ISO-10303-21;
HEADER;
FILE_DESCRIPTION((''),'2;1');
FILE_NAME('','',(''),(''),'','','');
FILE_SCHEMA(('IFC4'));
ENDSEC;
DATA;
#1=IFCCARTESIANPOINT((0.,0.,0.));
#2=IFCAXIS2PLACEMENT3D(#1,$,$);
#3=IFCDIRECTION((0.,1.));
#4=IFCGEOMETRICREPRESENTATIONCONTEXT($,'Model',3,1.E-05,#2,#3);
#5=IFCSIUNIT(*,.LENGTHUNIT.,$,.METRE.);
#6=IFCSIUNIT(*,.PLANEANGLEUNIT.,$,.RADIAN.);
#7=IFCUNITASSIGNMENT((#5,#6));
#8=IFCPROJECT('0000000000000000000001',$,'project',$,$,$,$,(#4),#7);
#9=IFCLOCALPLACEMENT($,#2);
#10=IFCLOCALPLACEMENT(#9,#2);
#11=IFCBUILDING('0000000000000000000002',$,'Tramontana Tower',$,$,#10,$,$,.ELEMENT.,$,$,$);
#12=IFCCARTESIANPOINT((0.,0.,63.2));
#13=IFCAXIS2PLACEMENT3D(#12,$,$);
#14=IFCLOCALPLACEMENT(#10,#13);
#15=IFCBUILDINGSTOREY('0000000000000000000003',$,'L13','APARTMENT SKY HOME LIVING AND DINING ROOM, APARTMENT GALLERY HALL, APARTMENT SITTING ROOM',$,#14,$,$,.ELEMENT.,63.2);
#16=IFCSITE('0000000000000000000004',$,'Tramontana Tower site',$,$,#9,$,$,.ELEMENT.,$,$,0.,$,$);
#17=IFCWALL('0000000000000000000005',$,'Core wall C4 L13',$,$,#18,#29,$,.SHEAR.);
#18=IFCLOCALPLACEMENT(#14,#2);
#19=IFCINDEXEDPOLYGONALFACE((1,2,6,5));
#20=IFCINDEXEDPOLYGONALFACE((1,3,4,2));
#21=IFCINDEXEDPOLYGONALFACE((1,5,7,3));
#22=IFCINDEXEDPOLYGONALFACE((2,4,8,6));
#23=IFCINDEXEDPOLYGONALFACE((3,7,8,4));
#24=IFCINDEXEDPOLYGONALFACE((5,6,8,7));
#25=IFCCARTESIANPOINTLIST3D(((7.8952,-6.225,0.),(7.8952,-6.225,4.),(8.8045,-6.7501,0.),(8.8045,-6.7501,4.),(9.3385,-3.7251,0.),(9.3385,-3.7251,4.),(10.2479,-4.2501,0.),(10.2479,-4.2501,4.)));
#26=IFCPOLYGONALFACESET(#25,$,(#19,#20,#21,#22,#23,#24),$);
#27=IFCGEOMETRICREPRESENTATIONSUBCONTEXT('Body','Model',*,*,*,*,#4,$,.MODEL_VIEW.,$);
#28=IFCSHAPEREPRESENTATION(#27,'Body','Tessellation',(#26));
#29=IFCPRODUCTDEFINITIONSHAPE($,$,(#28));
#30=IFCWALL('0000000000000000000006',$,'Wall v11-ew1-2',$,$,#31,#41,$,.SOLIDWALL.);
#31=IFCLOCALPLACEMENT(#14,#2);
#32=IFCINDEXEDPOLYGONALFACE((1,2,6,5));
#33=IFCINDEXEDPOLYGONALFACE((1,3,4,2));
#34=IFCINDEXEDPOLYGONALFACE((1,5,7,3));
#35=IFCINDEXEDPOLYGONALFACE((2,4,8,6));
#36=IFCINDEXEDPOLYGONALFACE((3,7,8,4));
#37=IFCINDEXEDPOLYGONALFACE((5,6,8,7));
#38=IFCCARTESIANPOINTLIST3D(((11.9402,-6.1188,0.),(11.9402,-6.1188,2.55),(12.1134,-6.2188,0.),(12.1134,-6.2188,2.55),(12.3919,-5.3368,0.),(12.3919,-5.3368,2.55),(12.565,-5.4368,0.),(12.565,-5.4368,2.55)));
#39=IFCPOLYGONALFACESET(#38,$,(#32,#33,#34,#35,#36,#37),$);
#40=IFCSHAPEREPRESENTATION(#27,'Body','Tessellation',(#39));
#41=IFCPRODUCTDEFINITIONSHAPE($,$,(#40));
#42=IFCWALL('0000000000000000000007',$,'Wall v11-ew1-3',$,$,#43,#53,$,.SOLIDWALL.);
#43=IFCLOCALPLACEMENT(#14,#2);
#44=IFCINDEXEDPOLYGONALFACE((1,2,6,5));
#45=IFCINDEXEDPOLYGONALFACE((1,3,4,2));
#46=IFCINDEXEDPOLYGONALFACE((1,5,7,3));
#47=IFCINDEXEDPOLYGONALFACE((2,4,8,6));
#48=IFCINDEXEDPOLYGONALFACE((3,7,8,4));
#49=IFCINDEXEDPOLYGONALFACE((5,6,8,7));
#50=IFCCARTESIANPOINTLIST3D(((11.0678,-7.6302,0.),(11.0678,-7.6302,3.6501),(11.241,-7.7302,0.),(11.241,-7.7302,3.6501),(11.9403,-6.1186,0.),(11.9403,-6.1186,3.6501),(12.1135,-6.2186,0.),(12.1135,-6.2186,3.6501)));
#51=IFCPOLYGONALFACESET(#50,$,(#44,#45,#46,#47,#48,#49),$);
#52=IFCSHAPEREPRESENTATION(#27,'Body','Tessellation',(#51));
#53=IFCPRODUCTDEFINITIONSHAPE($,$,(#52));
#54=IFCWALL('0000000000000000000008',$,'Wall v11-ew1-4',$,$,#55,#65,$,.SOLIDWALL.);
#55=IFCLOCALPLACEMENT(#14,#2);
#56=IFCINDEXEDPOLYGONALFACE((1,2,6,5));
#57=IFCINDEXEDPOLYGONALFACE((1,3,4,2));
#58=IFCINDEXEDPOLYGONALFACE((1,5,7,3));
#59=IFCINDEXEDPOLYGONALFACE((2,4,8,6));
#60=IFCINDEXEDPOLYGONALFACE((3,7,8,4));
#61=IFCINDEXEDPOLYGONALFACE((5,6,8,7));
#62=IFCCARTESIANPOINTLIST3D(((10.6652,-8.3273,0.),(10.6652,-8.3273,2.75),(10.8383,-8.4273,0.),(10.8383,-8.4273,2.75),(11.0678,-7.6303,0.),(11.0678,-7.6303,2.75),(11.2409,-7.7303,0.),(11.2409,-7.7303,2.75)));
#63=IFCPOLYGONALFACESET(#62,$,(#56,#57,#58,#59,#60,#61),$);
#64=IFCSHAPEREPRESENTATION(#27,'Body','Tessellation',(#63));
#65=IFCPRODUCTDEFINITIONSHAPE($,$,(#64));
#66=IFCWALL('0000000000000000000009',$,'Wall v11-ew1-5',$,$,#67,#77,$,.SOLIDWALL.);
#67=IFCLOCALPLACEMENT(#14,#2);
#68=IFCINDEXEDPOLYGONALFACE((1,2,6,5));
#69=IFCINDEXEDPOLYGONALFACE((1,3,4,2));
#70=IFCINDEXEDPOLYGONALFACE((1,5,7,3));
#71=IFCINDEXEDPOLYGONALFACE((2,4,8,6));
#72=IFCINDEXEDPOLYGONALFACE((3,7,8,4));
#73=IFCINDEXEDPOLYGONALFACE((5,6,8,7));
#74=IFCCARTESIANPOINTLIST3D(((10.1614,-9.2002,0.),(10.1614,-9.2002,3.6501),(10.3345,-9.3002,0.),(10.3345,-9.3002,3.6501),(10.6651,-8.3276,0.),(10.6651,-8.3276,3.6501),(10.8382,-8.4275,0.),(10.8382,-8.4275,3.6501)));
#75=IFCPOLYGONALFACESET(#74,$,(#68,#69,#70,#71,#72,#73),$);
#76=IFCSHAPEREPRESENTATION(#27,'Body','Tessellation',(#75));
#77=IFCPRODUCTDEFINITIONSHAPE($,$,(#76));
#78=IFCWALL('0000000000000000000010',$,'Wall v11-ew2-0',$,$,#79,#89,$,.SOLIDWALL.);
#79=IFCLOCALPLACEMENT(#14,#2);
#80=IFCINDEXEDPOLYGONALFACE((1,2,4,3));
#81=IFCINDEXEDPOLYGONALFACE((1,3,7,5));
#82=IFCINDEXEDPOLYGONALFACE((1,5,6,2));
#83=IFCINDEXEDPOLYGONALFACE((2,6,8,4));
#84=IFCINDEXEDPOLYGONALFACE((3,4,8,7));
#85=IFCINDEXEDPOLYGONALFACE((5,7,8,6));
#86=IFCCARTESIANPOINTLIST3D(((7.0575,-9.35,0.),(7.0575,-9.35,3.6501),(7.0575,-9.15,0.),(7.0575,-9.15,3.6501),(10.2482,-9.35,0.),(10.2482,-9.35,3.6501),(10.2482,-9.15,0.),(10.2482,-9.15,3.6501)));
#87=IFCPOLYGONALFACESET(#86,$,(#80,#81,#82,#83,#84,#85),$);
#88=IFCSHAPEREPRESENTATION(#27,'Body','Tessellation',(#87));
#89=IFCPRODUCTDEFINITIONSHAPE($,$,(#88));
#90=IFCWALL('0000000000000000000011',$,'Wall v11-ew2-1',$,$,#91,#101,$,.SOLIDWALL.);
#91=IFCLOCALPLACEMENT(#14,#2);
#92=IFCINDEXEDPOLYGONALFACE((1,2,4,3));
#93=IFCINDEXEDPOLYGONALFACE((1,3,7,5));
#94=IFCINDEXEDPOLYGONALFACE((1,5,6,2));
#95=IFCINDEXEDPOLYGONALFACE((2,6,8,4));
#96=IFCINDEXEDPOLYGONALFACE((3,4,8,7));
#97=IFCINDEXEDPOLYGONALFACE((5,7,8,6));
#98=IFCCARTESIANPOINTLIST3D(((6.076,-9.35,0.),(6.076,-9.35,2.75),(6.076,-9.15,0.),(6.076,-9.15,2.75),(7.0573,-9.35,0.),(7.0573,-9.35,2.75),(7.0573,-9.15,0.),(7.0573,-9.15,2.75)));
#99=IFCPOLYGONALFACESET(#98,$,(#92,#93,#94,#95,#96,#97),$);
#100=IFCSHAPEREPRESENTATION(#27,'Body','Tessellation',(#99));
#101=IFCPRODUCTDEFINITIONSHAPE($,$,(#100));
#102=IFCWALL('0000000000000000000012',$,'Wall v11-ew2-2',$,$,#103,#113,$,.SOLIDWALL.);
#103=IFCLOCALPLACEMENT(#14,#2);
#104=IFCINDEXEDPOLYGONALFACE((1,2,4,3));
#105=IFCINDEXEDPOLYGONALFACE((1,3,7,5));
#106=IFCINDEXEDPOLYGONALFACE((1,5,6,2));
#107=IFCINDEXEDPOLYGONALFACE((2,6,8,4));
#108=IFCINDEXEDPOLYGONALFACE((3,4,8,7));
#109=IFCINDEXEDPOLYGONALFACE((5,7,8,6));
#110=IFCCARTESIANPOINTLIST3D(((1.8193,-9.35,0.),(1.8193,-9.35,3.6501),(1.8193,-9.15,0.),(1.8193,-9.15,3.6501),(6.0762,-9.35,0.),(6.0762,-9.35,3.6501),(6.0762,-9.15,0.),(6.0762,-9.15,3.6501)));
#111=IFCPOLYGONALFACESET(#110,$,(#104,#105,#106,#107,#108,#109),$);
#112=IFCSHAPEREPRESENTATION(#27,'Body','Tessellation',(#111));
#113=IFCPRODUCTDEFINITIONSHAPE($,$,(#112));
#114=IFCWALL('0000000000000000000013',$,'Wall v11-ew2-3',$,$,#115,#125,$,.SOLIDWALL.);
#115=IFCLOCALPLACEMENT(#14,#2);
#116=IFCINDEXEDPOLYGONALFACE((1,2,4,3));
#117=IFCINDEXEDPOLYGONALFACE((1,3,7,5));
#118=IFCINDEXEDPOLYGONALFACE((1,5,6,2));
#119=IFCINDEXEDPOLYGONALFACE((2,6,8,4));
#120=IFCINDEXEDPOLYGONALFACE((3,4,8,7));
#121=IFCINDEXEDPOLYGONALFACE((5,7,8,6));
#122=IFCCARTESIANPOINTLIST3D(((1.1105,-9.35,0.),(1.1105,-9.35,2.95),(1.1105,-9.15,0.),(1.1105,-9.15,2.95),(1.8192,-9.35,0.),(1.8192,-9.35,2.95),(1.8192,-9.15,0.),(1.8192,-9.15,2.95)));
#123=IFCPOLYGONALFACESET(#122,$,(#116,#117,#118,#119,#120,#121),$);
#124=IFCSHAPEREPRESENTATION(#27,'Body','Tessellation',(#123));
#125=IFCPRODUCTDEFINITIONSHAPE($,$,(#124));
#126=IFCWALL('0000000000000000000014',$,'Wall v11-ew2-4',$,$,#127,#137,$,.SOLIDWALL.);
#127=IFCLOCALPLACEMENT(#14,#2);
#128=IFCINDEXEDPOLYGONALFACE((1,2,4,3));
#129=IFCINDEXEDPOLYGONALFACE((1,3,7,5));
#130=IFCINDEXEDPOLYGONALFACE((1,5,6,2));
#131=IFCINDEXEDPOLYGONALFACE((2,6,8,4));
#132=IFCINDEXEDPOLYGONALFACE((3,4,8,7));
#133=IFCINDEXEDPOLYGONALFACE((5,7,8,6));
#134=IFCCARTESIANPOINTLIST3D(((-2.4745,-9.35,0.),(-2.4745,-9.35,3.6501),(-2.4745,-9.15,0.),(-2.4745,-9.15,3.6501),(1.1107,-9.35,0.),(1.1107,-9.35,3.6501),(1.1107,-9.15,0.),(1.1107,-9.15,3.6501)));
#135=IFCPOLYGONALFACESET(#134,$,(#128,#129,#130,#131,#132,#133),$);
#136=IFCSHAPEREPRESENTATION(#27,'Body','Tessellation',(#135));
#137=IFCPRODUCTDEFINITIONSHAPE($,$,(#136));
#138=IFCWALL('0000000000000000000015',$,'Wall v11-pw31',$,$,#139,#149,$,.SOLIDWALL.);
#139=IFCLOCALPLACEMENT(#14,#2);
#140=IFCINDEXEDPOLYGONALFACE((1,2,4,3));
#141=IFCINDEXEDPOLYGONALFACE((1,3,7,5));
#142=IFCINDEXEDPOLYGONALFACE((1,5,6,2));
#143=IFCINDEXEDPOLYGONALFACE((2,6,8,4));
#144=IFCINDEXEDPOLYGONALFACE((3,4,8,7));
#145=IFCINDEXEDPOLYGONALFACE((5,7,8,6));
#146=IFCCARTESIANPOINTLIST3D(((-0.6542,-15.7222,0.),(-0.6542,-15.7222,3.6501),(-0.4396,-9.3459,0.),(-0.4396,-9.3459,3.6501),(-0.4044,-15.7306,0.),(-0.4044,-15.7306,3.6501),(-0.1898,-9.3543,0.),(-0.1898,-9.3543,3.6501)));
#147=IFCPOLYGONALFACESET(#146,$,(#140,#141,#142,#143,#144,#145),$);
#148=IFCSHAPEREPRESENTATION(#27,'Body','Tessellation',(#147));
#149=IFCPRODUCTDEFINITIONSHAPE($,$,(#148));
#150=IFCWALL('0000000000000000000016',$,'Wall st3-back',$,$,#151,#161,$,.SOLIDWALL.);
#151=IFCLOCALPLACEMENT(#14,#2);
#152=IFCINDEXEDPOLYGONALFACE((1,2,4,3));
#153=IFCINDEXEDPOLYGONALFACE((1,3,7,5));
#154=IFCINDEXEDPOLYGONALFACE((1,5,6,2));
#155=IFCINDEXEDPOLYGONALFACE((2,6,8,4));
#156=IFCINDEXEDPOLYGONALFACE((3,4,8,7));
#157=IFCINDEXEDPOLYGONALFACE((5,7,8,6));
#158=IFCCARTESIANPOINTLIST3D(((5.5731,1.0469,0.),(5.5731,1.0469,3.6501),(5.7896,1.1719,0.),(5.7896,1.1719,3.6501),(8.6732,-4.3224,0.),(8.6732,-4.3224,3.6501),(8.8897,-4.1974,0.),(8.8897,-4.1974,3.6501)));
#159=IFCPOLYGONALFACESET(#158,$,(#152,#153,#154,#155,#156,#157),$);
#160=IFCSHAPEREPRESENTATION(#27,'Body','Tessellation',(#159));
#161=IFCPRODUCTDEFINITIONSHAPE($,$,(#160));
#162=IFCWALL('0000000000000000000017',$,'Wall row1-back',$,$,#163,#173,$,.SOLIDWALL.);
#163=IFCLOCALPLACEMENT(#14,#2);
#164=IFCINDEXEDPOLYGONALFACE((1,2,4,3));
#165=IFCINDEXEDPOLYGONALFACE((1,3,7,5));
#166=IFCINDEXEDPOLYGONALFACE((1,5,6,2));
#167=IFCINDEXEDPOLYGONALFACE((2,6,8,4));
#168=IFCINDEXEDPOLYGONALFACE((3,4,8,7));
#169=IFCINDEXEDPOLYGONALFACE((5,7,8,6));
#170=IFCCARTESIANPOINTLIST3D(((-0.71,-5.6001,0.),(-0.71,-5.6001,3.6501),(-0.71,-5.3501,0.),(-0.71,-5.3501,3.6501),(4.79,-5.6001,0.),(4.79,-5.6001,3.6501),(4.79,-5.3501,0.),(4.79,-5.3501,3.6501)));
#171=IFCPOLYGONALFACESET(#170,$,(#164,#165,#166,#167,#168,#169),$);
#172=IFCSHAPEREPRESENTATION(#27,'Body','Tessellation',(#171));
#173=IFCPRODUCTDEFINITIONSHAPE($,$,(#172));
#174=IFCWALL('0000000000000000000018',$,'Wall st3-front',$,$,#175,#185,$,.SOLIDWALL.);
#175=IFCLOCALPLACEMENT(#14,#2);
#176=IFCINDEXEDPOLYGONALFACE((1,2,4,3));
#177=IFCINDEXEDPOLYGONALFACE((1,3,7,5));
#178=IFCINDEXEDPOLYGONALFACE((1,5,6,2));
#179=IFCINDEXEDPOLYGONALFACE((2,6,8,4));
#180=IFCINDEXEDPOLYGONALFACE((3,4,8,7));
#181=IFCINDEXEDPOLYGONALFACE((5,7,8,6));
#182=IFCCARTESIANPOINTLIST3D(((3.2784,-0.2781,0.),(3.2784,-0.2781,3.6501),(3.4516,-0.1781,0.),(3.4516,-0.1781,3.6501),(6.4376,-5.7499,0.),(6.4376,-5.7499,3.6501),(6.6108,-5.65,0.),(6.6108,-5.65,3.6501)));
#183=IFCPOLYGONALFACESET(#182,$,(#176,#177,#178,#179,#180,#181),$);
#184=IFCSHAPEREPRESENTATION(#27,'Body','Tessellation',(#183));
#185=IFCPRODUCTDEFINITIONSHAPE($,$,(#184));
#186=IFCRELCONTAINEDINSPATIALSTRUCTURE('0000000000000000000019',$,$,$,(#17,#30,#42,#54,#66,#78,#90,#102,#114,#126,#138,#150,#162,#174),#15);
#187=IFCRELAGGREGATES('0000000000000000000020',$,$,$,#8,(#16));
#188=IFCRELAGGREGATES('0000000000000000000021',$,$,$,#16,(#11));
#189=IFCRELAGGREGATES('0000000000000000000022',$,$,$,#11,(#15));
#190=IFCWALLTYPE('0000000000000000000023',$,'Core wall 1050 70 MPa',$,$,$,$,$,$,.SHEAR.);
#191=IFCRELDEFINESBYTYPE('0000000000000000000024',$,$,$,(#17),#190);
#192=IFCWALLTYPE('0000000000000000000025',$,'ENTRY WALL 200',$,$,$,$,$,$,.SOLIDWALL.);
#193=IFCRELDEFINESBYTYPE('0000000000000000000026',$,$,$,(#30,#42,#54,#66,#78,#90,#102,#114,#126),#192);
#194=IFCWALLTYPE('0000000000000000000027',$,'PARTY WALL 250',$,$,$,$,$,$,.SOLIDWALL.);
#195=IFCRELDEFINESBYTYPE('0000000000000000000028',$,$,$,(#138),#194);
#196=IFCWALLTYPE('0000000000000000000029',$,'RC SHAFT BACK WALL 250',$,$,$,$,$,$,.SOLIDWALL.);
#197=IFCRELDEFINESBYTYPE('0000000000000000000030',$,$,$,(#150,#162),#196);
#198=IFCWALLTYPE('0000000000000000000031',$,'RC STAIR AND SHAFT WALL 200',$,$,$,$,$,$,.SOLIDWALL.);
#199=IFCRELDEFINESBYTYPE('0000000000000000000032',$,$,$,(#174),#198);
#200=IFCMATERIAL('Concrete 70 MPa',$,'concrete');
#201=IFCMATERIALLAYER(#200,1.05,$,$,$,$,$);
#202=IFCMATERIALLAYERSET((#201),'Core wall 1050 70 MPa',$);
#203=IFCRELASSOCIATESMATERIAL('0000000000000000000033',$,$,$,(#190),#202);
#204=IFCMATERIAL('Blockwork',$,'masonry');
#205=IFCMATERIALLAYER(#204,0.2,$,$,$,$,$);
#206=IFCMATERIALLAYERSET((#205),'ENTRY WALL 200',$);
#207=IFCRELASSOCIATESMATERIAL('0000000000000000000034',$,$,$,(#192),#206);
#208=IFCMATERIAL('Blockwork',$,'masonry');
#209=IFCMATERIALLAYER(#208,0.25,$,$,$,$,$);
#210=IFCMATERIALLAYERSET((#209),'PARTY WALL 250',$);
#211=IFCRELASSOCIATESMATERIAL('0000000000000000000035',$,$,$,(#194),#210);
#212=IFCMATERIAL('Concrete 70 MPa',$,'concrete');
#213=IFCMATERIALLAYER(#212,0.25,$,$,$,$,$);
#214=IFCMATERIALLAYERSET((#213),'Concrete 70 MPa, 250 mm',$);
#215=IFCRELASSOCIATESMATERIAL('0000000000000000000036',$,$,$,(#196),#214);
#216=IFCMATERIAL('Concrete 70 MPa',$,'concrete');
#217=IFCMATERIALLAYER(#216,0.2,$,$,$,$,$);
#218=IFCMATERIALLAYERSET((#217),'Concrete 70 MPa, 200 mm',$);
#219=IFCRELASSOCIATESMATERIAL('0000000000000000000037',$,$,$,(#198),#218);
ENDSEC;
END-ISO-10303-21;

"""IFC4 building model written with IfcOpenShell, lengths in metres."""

from ifc_helpers import new_model, si_unit, direction, frame, frame_2d, origin, place, context, subcontext, project, spatial, rectangle, extrude, material, layer, layer_set, type_object, element, save


model = new_model("IFC4")

# Units and contexts
model_context = context("Model", 3, precision=1e-05, world=origin(), true_north=direction((0.0, 1.0)))
body_context = subcontext(model_context, "Body", "Model", "MODEL_VIEW")
ifc_project = project(units=[si_unit("LENGTHUNIT", "METRE"), si_unit("PLANEANGLEUNIT", "RADIAN")], contexts=[model_context])

# Site, building, storey
site_placement = place(None, origin())
site = spatial("IfcSite", under=ifc_project, at=site_placement, Name="Tramontana Tower site", CompositionType="ELEMENT", RefElevation=0.0)
building_placement = place(site_placement, origin())
building = spatial("IfcBuilding", under=site, at=building_placement, Name="Tramontana Tower", CompositionType="ELEMENT")
storey_placement = place(building_placement, frame((0.0, 0.0, 63.2)))
storey = spatial("IfcBuildingStorey", under=building, at=storey_placement, Name="L13", Description="APARTMENT SKY HOME LIVING AND DINING ROOM, APARTMENT GALLERY HALL, APARTMENT SITTING ROOM", CompositionType="ELEMENT", Elevation=63.2)

# Wall
ifc_material_1 = material(Name="Concrete 70 MPa", Category="concrete")
ifc_layer_1 = layer(ifc_material_1, 1.05)
ifc_layer_set_1 = layer_set([ifc_layer_1], Name="Core wall 1050 70 MPa")
wall_type_1 = type_object("IfcWallType", Name="Core wall 1050 70 MPa", PredefinedType="SHEAR", material=ifc_layer_set_1)
wall_1_placement = place(storey_placement, frame((8.3499, -6.4875, 0.0), z_axis=(0.0, 0.0, 1.0), x_axis=(0.499996, 0.866028, 0.0)))
element("IfcWall", 1, at=wall_1_placement, inside=storey, type_object=wall_type_1, Name="Core wall C4 L13", PredefinedType="SHEAR", context=body_context, shape_type="SweptSolid", body=[
    extrude(rectangle(XDim=2.8867, YDim=1.05, at=frame_2d((1.4434, 0.0))), origin(), (0.0, 0.0, 1.0), 4.0),
])

# Shared definitions
ifc_material_2 = material(Name="Blockwork", Category="masonry")
ifc_layer_2 = layer(ifc_material_2, 0.2)
ifc_layer_set_2 = layer_set([ifc_layer_2], Name="ENTRY WALL 200")
wall_type_2 = type_object("IfcWallType", Name="ENTRY WALL 200", PredefinedType="SOLIDWALL", material=ifc_layer_set_2)

# Walls
wall_2_placement = place(storey_placement, frame((12.4785, -5.3867, 0.0), z_axis=(0.0, 0.0, 1.0), x_axis=(-0.500151, -0.865938, 0.0)))
element("IfcWall", 2, at=wall_2_placement, inside=storey, type_object=wall_type_2, Name="Wall v11-ew1-2", PredefinedType="SOLIDWALL", context=body_context, shape_type="SweptSolid", body=[
    extrude(rectangle(XDim=0.9031, YDim=0.2, at=frame_2d((0.4517, 0.0))), origin(), (0.0, 0.0, 1.0), 2.55),
])
wall_3_placement = place(storey_placement, frame((12.0269, -6.1687, 0.0), z_axis=(0.0, 0.0, 1.0), x_axis=(-0.4999, -0.866083, 0.0)))
element("IfcWall", 3, at=wall_3_placement, inside=storey, type_object=wall_type_2, Name="Wall v11-ew1-3", PredefinedType="SOLIDWALL", context=body_context, shape_type="SweptSolid", body=[
    extrude(rectangle(XDim=1.7454, YDim=0.2, at=frame_2d((0.8726, 0.0))), origin(), (0.0, 0.0, 1.0), 3.6501),
])
wall_4_placement = place(storey_placement, frame((11.1543, -7.6804, 0.0), z_axis=(0.0, 0.0, 1.0), x_axis=(-0.500151, -0.865938, 0.0)))
element("IfcWall", 4, at=wall_4_placement, inside=storey, type_object=wall_type_2, Name="Wall v11-ew1-4", PredefinedType="SOLIDWALL", context=body_context, shape_type="SweptSolid", body=[
    extrude(rectangle(XDim=0.8049, YDim=0.2, at=frame_2d((0.4023, 0.0))), origin(), (0.0, 0.0, 1.0), 2.75),
])
wall_5_placement = place(storey_placement, frame((10.7517, -8.3774, 0.0), z_axis=(0.0, 0.0, 1.0), x_axis=(-0.499918, -0.866073, 0.0)))
element("IfcWall", 5, at=wall_5_placement, inside=storey, type_object=wall_type_2, Name="Wall v11-ew1-5", PredefinedType="SOLIDWALL", context=body_context, shape_type="SweptSolid", body=[
    extrude(rectangle(XDim=1.0076, YDim=0.2, at=frame_2d((0.5039, 0.0))), origin(), (0.0, 0.0, 1.0), 3.6501),
])
wall_6_placement = place(storey_placement, frame((10.248, -9.25, 0.0), z_axis=(0.0, 0.0, 1.0), x_axis=(-1.0, 0.0, 0.0)))
element("IfcWall", 6, at=wall_6_placement, inside=storey, type_object=wall_type_2, Name="Wall v11-ew2-0", PredefinedType="SOLIDWALL", context=body_context, shape_type="SweptSolid", body=[
    extrude(rectangle(XDim=3.1907, YDim=0.2, at=frame_2d((1.5952, 0.0))), origin(), (0.0, 0.0, 1.0), 3.6501),
])
wall_7_placement = place(storey_placement, frame((7.0574, -9.25, 0.0), z_axis=(0.0, 0.0, 1.0), x_axis=(-1.0, 0.0, 0.0)))
element("IfcWall", 7, at=wall_7_placement, inside=storey, type_object=wall_type_2, Name="Wall v11-ew2-1", PredefinedType="SOLIDWALL", context=body_context, shape_type="SweptSolid", body=[
    extrude(rectangle(XDim=0.9812, YDim=0.2, at=frame_2d((0.4907, 0.0))), origin(), (0.0, 0.0, 1.0), 2.75),
])
wall_8_placement = place(storey_placement, frame((6.0762, -9.25, 0.0), z_axis=(0.0, 0.0, 1.0), x_axis=(-1.0, 0.0, 0.0)))
element("IfcWall", 8, at=wall_8_placement, inside=storey, type_object=wall_type_2, Name="Wall v11-ew2-2", PredefinedType="SOLIDWALL", context=body_context, shape_type="SweptSolid", body=[
    extrude(rectangle(XDim=4.2568, YDim=0.2, at=frame_2d((2.1284, 0.0))), origin(), (0.0, 0.0, 1.0), 3.6501),
])
wall_9_placement = place(storey_placement, frame((1.8193, -9.25, 0.0), z_axis=(0.0, 0.0, 1.0), x_axis=(-1.0, 0.0, 0.0)))
element("IfcWall", 9, at=wall_9_placement, inside=storey, type_object=wall_type_2, Name="Wall v11-ew2-3", PredefinedType="SOLIDWALL", context=body_context, shape_type="SweptSolid", body=[
    extrude(rectangle(XDim=0.7087, YDim=0.2, at=frame_2d((0.3545, 0.0))), origin(), (0.0, 0.0, 1.0), 2.95),
])
wall_10_placement = place(storey_placement, frame((1.1106, -9.25, 0.0), z_axis=(0.0, 0.0, 1.0), x_axis=(-1.0, 0.0, 0.0)))
element("IfcWall", 10, at=wall_10_placement, inside=storey, type_object=wall_type_2, Name="Wall v11-ew2-4", PredefinedType="SOLIDWALL", context=body_context, shape_type="SweptSolid", body=[
    extrude(rectangle(XDim=3.5852, YDim=0.2, at=frame_2d((1.7925, 0.0))), origin(), (0.0, 0.0, 1.0), 3.6501),
])
ifc_material_3 = material(Name="Blockwork", Category="masonry")
ifc_layer_3 = layer(ifc_material_3, 0.25)
ifc_layer_set_3 = layer_set([ifc_layer_3], Name="PARTY WALL 250")
wall_type_3 = type_object("IfcWallType", Name="PARTY WALL 250", PredefinedType="SOLIDWALL", material=ifc_layer_set_3)
wall_11_placement = place(storey_placement, frame((-0.3147, -9.3501, 0.0), z_axis=(0.0, 0.0, 1.0), x_axis=(-0.033637, -0.999434, 0.0)))
element("IfcWall", 11, at=wall_11_placement, inside=storey, type_object=wall_type_3, Name="Wall v11-pw31", PredefinedType="SOLIDWALL", context=body_context, shape_type="SweptSolid", body=[
    extrude(rectangle(XDim=6.3799, YDim=0.25, at=frame_2d((3.1899, 0.0))), origin(), (0.0, 0.0, 1.0), 3.6501),
])
ifc_material_4 = material(Name="Concrete 70 MPa", Category="concrete")
ifc_layer_4 = layer(ifc_material_4, 0.25)
ifc_layer_set_4 = layer_set([ifc_layer_4], Name="Concrete 70 MPa, 250 mm")
wall_type_4 = type_object("IfcWallType", Name="RC SHAFT BACK WALL 250", PredefinedType="SOLIDWALL", material=ifc_layer_set_4)
wall_12_placement = place(storey_placement, frame((8.7815, -4.26, 0.0), z_axis=(0.0, 0.0, 1.0), x_axis=(-0.50001, 0.86602, 0.0)))
element("IfcWall", 12, at=wall_12_placement, inside=storey, type_object=wall_type_4, Name="Wall st3-back", PredefinedType="SOLIDWALL", context=body_context, shape_type="SweptSolid", body=[
    extrude(rectangle(XDim=6.2, YDim=0.25, at=frame_2d((3.1001, 0.0))), origin(), (0.0, 0.0, 1.0), 3.6501),
])
wall_13_placement = place(storey_placement, frame((-0.71, -5.4751, 0.0), z_axis=(0.0, 0.0, 1.0), x_axis=(1.0, 0.0, 0.0)))
element("IfcWall", 13, at=wall_13_placement, inside=storey, type_object=wall_type_4, Name="Wall row1-back", PredefinedType="SOLIDWALL", context=body_context, shape_type="SweptSolid", body=[
    extrude(rectangle(XDim=5.5, YDim=0.25, at=frame_2d((2.75, 0.0))), origin(), (0.0, 0.0, 1.0), 3.6501),
])
ifc_material_5 = material(Name="Concrete 70 MPa", Category="concrete")
ifc_layer_5 = layer(ifc_material_5, 0.2)
ifc_layer_set_5 = layer_set([ifc_layer_5], Name="Concrete 70 MPa, 200 mm")
wall_type_5 = type_object("IfcWallType", Name="RC STAIR AND SHAFT WALL 200", PredefinedType="SOLIDWALL", material=ifc_layer_set_5)
wall_14_placement = place(storey_placement, frame((6.5242, -5.7, 0.0), z_axis=(0.0, 0.0, 1.0), x_axis=(-0.499996, 0.866028, 0.0)))
element("IfcWall", 14, at=wall_14_placement, inside=storey, type_object=wall_type_5, Name="Wall st3-front", PredefinedType="SOLIDWALL", context=body_context, shape_type="SweptSolid", body=[
    extrude(rectangle(XDim=6.3184, YDim=0.2, at=frame_2d((3.1592, 0.0))), origin(), (0.0, 0.0, 1.0), 3.6501),
])

save(model, "model.ifc")
